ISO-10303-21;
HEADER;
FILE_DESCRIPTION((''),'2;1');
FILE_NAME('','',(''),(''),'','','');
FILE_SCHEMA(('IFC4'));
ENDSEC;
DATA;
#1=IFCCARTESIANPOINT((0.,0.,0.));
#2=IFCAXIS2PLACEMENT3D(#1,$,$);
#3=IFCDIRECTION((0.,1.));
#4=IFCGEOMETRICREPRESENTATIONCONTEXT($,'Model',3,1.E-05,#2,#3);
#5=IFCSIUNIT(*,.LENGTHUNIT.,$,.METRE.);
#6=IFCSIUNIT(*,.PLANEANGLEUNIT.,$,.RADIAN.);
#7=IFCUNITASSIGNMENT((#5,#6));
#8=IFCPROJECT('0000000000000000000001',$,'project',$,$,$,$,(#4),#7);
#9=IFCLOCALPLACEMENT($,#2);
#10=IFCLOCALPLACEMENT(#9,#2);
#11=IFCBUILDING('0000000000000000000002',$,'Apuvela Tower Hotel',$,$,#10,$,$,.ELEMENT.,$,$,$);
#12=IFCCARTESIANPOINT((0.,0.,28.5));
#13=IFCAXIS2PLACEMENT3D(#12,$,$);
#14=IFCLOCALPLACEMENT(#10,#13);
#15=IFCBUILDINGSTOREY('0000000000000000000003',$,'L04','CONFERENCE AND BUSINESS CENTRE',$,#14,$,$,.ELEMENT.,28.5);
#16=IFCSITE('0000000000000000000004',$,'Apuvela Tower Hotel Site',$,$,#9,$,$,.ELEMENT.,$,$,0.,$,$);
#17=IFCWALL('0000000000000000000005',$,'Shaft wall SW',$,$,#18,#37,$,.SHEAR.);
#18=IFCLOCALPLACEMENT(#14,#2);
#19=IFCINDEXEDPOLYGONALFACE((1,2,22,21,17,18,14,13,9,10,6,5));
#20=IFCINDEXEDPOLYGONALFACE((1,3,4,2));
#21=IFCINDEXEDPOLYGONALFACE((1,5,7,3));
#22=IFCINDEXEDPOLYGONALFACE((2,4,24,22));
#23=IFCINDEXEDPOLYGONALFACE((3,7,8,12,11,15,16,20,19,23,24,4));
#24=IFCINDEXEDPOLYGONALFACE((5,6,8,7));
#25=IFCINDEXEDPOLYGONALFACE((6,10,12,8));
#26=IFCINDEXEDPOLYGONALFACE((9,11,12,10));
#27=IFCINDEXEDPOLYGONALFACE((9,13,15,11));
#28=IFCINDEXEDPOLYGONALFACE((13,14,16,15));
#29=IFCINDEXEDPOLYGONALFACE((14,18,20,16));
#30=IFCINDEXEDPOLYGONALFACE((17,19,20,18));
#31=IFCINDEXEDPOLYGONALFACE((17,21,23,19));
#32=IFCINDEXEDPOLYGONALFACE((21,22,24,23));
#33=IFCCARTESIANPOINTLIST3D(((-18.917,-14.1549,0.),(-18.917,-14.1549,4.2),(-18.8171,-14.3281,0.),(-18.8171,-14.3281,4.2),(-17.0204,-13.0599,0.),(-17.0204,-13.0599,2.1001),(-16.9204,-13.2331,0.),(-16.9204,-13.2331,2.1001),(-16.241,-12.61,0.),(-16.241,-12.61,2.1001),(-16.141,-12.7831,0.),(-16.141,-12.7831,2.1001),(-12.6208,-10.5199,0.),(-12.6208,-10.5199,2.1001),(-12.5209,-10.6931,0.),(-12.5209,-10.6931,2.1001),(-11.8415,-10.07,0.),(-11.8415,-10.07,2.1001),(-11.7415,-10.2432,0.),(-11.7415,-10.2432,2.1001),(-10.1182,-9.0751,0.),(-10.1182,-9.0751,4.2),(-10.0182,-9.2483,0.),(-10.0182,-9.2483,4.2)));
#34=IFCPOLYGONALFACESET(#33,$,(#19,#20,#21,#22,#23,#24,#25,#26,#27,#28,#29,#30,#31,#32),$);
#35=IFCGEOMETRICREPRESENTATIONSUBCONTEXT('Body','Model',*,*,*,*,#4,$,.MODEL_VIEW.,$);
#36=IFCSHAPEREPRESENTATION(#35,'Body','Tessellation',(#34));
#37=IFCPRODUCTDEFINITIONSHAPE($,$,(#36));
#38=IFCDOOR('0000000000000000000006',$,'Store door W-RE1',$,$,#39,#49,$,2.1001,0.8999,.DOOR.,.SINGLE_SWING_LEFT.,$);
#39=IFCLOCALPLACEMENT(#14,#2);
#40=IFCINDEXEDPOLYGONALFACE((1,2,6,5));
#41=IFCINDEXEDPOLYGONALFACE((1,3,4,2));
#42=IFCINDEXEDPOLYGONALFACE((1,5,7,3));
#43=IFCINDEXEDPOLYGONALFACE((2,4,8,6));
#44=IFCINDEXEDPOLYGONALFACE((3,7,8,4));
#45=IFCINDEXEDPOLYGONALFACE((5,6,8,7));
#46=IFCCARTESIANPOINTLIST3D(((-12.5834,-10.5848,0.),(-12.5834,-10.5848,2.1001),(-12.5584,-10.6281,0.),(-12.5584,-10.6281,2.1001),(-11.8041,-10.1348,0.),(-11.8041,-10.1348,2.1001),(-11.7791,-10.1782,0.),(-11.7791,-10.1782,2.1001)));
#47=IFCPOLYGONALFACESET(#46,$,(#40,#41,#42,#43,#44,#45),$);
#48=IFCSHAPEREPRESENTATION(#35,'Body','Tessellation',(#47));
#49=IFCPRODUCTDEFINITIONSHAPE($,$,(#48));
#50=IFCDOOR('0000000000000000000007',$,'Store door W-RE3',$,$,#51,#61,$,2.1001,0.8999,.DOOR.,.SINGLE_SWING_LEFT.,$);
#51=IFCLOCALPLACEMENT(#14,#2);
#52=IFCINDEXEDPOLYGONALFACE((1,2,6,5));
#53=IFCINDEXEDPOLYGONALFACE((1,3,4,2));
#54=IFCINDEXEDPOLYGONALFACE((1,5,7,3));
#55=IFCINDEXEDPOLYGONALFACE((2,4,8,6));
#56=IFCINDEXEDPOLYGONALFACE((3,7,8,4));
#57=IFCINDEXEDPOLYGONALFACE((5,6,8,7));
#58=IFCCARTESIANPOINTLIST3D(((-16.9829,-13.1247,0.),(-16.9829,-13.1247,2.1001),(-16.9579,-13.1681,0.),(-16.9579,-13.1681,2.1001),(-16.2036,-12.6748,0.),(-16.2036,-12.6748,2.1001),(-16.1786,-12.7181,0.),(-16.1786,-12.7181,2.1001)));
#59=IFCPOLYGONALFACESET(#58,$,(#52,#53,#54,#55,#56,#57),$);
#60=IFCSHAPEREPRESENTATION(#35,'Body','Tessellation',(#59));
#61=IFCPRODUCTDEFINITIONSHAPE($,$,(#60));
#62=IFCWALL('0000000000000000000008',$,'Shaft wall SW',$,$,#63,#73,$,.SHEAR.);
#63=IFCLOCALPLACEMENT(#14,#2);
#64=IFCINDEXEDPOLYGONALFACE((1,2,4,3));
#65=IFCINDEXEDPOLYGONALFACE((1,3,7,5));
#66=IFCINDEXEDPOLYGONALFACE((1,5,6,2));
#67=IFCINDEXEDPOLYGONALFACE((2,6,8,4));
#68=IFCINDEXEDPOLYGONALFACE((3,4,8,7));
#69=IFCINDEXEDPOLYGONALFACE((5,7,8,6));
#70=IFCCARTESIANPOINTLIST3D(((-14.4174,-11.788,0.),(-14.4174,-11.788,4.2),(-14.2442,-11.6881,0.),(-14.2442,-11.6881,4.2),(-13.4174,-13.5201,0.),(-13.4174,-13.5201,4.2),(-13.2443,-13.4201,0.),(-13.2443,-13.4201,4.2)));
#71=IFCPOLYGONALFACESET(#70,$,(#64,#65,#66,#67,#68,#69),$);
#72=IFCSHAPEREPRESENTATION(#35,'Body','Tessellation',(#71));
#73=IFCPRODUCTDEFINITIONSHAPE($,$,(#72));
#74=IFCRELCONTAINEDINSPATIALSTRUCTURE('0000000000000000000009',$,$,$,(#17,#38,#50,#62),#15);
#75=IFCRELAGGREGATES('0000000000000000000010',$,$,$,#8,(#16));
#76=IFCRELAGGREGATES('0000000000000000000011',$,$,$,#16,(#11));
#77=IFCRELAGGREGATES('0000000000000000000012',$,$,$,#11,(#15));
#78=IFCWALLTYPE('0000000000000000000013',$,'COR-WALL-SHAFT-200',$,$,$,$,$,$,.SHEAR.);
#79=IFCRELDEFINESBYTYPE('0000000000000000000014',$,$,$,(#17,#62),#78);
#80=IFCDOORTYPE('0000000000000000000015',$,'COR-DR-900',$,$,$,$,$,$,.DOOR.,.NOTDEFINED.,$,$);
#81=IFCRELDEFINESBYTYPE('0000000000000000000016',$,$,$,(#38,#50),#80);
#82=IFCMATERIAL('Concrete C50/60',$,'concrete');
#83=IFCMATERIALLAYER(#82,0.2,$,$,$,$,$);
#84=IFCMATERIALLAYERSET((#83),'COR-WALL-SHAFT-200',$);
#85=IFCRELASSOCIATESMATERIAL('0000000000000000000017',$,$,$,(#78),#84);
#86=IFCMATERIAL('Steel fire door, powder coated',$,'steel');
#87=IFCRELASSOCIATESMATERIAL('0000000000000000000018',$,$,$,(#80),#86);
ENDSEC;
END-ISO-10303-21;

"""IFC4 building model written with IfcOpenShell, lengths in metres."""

from ifc_helpers import new_model, si_unit, direction, frame, frame_2d, origin, place, context, subcontext, project, spatial, rectangle, extrude, material, layer, layer_set, type_object, element, fill, save


model = new_model("IFC4")

# Units and contexts
model_context = context("Model", 3, precision=1e-05, world=origin(), true_north=direction((0.0, 1.0)))
body_context = subcontext(model_context, "Body", "Model", "MODEL_VIEW")
ifc_project = project(units=[si_unit("LENGTHUNIT", "METRE"), si_unit("PLANEANGLEUNIT", "RADIAN")], contexts=[model_context])

# Site, building, storey
site_placement = place(None, origin())
site = spatial("IfcSite", under=ifc_project, at=site_placement, Name="Apuvela Tower Hotel Site", CompositionType="ELEMENT", RefElevation=0.0)
building_placement = place(site_placement, origin())
building = spatial("IfcBuilding", under=site, at=building_placement, Name="Apuvela Tower Hotel", CompositionType="ELEMENT")
storey_placement = place(building_placement, frame((0.0, 0.0, 28.5)))
storey = spatial("IfcBuildingStorey", under=building, at=storey_placement, Name="L04", Description="CONFERENCE AND BUSINESS CENTRE", CompositionType="ELEMENT", Elevation=28.5)

# Shared definitions
ifc_material_1 = material(Name="Concrete C50/60", Category="concrete")
ifc_layer_1 = layer(ifc_material_1, 0.2)
ifc_layer_set_1 = layer_set([ifc_layer_1], Name="COR-WALL-SHAFT-200")
wall_type_1 = type_object("IfcWallType", Name="COR-WALL-SHAFT-200", PredefinedType="SHEAR", material=ifc_layer_set_1)

# Wall, openings, doors
wall_1_placement = place(storey_placement, frame((-10.0681, -9.1616, 0.0), z_axis=(0.0, 0.0, 1.0), x_axis=(-0.866033, -0.499987, 0.0)))
wall_1 = element("IfcWall", 1, at=wall_1_placement, inside=storey, type_object=wall_type_1, Name="Shaft wall SW", PredefinedType="SHEAR", context=body_context, shape_type="SweptSolid", body=[
    extrude(rectangle(XDim=10.1599, YDim=0.2, at=frame_2d((5.0801, 0.0))), origin(), (0.0, 0.0, 1.0), 4.2),
])
opening_1_placement = place(wall_1_placement, frame((1.99, 0.0, 0.0)))
opening_1 = element("IfcOpeningElement", 2, at=opening_1_placement, cuts=wall_1, PredefinedType="OPENING", context=body_context, shape_type="SweptSolid", body=[
    extrude(rectangle(XDim=0.8999, YDim=2.1001, at=frame_2d((0.45, 1.05))), frame((0.0, 0.1099, 0.0), z_axis=(0.0, -1.0, 0.0), x_axis=(1.0, 0.0, 0.0)), (0.0, 0.0, 1.0), 0.22),
])
opening_2_placement = place(wall_1_placement, frame((7.0701, 0.0, 0.0)))
opening_2 = element("IfcOpeningElement", 3, at=opening_2_placement, cuts=wall_1, PredefinedType="OPENING", context=body_context, shape_type="SweptSolid", body=[
    extrude(rectangle(XDim=0.8999, YDim=2.1001, at=frame_2d((0.45, 1.05))), frame((0.0, 0.1099, 0.0), z_axis=(0.0, -1.0, 0.0), x_axis=(1.0, 0.0, 0.0)), (0.0, 0.0, 1.0), 0.22),
])
ifc_material_2 = material(Name="Steel fire door, powder coated", Category="steel")
door_type_1 = type_object("IfcDoorType", Name="COR-DR-900", OperationType="NOTDEFINED", PredefinedType="DOOR", material=ifc_material_2)
door_1_placement = place(opening_1_placement, origin())
door_1 = element("IfcDoor", 4, at=door_1_placement, inside=storey, type_object=door_type_1, Name="Store door W-RE1", OperationType="SINGLE_SWING_LEFT", OverallHeight=2.1001, OverallWidth=0.8999, PredefinedType="DOOR", context=body_context, shape_type="SweptSolid", body=[
    extrude(rectangle(XDim=0.8999, YDim=2.1001, at=frame_2d((0.45, 1.05))), frame((0.0, 0.0249, 0.0), z_axis=(0.0, -1.0, 0.0), x_axis=(1.0, 0.0, 0.0)), (0.0, 0.0, 1.0), 0.05),
])
fill(opening_1, door_1)
door_2_placement = place(opening_2_placement, origin())
door_2 = element("IfcDoor", 5, at=door_2_placement, inside=storey, type_object=door_type_1, Name="Store door W-RE3", OperationType="SINGLE_SWING_LEFT", OverallHeight=2.1001, OverallWidth=0.8999, PredefinedType="DOOR", context=body_context, shape_type="SweptSolid", body=[
    extrude(rectangle(XDim=0.8999, YDim=2.1001, at=frame_2d((0.45, 1.05))), frame((0.0, 0.0249, 0.0), z_axis=(0.0, -1.0, 0.0), x_axis=(1.0, 0.0, 0.0)), (0.0, 0.0, 1.0), 0.05),
])
fill(opening_2, door_2)

# Wall
wall_2_placement = place(storey_placement, frame((-14.3308, -11.738, 0.0), z_axis=(0.0, 0.0, 1.0), x_axis=(0.499973, -0.866041, 0.0)))
element("IfcWall", 6, at=wall_2_placement, inside=storey, type_object=wall_type_1, Name="Shaft wall SW", PredefinedType="SHEAR", context=body_context, shape_type="SweptSolid", body=[
    extrude(rectangle(XDim=2.0, YDim=0.2, at=frame_2d((1.0, 0.0))), origin(), (0.0, 0.0, 1.0), 4.2),
])

save(model, "model.ifc")
